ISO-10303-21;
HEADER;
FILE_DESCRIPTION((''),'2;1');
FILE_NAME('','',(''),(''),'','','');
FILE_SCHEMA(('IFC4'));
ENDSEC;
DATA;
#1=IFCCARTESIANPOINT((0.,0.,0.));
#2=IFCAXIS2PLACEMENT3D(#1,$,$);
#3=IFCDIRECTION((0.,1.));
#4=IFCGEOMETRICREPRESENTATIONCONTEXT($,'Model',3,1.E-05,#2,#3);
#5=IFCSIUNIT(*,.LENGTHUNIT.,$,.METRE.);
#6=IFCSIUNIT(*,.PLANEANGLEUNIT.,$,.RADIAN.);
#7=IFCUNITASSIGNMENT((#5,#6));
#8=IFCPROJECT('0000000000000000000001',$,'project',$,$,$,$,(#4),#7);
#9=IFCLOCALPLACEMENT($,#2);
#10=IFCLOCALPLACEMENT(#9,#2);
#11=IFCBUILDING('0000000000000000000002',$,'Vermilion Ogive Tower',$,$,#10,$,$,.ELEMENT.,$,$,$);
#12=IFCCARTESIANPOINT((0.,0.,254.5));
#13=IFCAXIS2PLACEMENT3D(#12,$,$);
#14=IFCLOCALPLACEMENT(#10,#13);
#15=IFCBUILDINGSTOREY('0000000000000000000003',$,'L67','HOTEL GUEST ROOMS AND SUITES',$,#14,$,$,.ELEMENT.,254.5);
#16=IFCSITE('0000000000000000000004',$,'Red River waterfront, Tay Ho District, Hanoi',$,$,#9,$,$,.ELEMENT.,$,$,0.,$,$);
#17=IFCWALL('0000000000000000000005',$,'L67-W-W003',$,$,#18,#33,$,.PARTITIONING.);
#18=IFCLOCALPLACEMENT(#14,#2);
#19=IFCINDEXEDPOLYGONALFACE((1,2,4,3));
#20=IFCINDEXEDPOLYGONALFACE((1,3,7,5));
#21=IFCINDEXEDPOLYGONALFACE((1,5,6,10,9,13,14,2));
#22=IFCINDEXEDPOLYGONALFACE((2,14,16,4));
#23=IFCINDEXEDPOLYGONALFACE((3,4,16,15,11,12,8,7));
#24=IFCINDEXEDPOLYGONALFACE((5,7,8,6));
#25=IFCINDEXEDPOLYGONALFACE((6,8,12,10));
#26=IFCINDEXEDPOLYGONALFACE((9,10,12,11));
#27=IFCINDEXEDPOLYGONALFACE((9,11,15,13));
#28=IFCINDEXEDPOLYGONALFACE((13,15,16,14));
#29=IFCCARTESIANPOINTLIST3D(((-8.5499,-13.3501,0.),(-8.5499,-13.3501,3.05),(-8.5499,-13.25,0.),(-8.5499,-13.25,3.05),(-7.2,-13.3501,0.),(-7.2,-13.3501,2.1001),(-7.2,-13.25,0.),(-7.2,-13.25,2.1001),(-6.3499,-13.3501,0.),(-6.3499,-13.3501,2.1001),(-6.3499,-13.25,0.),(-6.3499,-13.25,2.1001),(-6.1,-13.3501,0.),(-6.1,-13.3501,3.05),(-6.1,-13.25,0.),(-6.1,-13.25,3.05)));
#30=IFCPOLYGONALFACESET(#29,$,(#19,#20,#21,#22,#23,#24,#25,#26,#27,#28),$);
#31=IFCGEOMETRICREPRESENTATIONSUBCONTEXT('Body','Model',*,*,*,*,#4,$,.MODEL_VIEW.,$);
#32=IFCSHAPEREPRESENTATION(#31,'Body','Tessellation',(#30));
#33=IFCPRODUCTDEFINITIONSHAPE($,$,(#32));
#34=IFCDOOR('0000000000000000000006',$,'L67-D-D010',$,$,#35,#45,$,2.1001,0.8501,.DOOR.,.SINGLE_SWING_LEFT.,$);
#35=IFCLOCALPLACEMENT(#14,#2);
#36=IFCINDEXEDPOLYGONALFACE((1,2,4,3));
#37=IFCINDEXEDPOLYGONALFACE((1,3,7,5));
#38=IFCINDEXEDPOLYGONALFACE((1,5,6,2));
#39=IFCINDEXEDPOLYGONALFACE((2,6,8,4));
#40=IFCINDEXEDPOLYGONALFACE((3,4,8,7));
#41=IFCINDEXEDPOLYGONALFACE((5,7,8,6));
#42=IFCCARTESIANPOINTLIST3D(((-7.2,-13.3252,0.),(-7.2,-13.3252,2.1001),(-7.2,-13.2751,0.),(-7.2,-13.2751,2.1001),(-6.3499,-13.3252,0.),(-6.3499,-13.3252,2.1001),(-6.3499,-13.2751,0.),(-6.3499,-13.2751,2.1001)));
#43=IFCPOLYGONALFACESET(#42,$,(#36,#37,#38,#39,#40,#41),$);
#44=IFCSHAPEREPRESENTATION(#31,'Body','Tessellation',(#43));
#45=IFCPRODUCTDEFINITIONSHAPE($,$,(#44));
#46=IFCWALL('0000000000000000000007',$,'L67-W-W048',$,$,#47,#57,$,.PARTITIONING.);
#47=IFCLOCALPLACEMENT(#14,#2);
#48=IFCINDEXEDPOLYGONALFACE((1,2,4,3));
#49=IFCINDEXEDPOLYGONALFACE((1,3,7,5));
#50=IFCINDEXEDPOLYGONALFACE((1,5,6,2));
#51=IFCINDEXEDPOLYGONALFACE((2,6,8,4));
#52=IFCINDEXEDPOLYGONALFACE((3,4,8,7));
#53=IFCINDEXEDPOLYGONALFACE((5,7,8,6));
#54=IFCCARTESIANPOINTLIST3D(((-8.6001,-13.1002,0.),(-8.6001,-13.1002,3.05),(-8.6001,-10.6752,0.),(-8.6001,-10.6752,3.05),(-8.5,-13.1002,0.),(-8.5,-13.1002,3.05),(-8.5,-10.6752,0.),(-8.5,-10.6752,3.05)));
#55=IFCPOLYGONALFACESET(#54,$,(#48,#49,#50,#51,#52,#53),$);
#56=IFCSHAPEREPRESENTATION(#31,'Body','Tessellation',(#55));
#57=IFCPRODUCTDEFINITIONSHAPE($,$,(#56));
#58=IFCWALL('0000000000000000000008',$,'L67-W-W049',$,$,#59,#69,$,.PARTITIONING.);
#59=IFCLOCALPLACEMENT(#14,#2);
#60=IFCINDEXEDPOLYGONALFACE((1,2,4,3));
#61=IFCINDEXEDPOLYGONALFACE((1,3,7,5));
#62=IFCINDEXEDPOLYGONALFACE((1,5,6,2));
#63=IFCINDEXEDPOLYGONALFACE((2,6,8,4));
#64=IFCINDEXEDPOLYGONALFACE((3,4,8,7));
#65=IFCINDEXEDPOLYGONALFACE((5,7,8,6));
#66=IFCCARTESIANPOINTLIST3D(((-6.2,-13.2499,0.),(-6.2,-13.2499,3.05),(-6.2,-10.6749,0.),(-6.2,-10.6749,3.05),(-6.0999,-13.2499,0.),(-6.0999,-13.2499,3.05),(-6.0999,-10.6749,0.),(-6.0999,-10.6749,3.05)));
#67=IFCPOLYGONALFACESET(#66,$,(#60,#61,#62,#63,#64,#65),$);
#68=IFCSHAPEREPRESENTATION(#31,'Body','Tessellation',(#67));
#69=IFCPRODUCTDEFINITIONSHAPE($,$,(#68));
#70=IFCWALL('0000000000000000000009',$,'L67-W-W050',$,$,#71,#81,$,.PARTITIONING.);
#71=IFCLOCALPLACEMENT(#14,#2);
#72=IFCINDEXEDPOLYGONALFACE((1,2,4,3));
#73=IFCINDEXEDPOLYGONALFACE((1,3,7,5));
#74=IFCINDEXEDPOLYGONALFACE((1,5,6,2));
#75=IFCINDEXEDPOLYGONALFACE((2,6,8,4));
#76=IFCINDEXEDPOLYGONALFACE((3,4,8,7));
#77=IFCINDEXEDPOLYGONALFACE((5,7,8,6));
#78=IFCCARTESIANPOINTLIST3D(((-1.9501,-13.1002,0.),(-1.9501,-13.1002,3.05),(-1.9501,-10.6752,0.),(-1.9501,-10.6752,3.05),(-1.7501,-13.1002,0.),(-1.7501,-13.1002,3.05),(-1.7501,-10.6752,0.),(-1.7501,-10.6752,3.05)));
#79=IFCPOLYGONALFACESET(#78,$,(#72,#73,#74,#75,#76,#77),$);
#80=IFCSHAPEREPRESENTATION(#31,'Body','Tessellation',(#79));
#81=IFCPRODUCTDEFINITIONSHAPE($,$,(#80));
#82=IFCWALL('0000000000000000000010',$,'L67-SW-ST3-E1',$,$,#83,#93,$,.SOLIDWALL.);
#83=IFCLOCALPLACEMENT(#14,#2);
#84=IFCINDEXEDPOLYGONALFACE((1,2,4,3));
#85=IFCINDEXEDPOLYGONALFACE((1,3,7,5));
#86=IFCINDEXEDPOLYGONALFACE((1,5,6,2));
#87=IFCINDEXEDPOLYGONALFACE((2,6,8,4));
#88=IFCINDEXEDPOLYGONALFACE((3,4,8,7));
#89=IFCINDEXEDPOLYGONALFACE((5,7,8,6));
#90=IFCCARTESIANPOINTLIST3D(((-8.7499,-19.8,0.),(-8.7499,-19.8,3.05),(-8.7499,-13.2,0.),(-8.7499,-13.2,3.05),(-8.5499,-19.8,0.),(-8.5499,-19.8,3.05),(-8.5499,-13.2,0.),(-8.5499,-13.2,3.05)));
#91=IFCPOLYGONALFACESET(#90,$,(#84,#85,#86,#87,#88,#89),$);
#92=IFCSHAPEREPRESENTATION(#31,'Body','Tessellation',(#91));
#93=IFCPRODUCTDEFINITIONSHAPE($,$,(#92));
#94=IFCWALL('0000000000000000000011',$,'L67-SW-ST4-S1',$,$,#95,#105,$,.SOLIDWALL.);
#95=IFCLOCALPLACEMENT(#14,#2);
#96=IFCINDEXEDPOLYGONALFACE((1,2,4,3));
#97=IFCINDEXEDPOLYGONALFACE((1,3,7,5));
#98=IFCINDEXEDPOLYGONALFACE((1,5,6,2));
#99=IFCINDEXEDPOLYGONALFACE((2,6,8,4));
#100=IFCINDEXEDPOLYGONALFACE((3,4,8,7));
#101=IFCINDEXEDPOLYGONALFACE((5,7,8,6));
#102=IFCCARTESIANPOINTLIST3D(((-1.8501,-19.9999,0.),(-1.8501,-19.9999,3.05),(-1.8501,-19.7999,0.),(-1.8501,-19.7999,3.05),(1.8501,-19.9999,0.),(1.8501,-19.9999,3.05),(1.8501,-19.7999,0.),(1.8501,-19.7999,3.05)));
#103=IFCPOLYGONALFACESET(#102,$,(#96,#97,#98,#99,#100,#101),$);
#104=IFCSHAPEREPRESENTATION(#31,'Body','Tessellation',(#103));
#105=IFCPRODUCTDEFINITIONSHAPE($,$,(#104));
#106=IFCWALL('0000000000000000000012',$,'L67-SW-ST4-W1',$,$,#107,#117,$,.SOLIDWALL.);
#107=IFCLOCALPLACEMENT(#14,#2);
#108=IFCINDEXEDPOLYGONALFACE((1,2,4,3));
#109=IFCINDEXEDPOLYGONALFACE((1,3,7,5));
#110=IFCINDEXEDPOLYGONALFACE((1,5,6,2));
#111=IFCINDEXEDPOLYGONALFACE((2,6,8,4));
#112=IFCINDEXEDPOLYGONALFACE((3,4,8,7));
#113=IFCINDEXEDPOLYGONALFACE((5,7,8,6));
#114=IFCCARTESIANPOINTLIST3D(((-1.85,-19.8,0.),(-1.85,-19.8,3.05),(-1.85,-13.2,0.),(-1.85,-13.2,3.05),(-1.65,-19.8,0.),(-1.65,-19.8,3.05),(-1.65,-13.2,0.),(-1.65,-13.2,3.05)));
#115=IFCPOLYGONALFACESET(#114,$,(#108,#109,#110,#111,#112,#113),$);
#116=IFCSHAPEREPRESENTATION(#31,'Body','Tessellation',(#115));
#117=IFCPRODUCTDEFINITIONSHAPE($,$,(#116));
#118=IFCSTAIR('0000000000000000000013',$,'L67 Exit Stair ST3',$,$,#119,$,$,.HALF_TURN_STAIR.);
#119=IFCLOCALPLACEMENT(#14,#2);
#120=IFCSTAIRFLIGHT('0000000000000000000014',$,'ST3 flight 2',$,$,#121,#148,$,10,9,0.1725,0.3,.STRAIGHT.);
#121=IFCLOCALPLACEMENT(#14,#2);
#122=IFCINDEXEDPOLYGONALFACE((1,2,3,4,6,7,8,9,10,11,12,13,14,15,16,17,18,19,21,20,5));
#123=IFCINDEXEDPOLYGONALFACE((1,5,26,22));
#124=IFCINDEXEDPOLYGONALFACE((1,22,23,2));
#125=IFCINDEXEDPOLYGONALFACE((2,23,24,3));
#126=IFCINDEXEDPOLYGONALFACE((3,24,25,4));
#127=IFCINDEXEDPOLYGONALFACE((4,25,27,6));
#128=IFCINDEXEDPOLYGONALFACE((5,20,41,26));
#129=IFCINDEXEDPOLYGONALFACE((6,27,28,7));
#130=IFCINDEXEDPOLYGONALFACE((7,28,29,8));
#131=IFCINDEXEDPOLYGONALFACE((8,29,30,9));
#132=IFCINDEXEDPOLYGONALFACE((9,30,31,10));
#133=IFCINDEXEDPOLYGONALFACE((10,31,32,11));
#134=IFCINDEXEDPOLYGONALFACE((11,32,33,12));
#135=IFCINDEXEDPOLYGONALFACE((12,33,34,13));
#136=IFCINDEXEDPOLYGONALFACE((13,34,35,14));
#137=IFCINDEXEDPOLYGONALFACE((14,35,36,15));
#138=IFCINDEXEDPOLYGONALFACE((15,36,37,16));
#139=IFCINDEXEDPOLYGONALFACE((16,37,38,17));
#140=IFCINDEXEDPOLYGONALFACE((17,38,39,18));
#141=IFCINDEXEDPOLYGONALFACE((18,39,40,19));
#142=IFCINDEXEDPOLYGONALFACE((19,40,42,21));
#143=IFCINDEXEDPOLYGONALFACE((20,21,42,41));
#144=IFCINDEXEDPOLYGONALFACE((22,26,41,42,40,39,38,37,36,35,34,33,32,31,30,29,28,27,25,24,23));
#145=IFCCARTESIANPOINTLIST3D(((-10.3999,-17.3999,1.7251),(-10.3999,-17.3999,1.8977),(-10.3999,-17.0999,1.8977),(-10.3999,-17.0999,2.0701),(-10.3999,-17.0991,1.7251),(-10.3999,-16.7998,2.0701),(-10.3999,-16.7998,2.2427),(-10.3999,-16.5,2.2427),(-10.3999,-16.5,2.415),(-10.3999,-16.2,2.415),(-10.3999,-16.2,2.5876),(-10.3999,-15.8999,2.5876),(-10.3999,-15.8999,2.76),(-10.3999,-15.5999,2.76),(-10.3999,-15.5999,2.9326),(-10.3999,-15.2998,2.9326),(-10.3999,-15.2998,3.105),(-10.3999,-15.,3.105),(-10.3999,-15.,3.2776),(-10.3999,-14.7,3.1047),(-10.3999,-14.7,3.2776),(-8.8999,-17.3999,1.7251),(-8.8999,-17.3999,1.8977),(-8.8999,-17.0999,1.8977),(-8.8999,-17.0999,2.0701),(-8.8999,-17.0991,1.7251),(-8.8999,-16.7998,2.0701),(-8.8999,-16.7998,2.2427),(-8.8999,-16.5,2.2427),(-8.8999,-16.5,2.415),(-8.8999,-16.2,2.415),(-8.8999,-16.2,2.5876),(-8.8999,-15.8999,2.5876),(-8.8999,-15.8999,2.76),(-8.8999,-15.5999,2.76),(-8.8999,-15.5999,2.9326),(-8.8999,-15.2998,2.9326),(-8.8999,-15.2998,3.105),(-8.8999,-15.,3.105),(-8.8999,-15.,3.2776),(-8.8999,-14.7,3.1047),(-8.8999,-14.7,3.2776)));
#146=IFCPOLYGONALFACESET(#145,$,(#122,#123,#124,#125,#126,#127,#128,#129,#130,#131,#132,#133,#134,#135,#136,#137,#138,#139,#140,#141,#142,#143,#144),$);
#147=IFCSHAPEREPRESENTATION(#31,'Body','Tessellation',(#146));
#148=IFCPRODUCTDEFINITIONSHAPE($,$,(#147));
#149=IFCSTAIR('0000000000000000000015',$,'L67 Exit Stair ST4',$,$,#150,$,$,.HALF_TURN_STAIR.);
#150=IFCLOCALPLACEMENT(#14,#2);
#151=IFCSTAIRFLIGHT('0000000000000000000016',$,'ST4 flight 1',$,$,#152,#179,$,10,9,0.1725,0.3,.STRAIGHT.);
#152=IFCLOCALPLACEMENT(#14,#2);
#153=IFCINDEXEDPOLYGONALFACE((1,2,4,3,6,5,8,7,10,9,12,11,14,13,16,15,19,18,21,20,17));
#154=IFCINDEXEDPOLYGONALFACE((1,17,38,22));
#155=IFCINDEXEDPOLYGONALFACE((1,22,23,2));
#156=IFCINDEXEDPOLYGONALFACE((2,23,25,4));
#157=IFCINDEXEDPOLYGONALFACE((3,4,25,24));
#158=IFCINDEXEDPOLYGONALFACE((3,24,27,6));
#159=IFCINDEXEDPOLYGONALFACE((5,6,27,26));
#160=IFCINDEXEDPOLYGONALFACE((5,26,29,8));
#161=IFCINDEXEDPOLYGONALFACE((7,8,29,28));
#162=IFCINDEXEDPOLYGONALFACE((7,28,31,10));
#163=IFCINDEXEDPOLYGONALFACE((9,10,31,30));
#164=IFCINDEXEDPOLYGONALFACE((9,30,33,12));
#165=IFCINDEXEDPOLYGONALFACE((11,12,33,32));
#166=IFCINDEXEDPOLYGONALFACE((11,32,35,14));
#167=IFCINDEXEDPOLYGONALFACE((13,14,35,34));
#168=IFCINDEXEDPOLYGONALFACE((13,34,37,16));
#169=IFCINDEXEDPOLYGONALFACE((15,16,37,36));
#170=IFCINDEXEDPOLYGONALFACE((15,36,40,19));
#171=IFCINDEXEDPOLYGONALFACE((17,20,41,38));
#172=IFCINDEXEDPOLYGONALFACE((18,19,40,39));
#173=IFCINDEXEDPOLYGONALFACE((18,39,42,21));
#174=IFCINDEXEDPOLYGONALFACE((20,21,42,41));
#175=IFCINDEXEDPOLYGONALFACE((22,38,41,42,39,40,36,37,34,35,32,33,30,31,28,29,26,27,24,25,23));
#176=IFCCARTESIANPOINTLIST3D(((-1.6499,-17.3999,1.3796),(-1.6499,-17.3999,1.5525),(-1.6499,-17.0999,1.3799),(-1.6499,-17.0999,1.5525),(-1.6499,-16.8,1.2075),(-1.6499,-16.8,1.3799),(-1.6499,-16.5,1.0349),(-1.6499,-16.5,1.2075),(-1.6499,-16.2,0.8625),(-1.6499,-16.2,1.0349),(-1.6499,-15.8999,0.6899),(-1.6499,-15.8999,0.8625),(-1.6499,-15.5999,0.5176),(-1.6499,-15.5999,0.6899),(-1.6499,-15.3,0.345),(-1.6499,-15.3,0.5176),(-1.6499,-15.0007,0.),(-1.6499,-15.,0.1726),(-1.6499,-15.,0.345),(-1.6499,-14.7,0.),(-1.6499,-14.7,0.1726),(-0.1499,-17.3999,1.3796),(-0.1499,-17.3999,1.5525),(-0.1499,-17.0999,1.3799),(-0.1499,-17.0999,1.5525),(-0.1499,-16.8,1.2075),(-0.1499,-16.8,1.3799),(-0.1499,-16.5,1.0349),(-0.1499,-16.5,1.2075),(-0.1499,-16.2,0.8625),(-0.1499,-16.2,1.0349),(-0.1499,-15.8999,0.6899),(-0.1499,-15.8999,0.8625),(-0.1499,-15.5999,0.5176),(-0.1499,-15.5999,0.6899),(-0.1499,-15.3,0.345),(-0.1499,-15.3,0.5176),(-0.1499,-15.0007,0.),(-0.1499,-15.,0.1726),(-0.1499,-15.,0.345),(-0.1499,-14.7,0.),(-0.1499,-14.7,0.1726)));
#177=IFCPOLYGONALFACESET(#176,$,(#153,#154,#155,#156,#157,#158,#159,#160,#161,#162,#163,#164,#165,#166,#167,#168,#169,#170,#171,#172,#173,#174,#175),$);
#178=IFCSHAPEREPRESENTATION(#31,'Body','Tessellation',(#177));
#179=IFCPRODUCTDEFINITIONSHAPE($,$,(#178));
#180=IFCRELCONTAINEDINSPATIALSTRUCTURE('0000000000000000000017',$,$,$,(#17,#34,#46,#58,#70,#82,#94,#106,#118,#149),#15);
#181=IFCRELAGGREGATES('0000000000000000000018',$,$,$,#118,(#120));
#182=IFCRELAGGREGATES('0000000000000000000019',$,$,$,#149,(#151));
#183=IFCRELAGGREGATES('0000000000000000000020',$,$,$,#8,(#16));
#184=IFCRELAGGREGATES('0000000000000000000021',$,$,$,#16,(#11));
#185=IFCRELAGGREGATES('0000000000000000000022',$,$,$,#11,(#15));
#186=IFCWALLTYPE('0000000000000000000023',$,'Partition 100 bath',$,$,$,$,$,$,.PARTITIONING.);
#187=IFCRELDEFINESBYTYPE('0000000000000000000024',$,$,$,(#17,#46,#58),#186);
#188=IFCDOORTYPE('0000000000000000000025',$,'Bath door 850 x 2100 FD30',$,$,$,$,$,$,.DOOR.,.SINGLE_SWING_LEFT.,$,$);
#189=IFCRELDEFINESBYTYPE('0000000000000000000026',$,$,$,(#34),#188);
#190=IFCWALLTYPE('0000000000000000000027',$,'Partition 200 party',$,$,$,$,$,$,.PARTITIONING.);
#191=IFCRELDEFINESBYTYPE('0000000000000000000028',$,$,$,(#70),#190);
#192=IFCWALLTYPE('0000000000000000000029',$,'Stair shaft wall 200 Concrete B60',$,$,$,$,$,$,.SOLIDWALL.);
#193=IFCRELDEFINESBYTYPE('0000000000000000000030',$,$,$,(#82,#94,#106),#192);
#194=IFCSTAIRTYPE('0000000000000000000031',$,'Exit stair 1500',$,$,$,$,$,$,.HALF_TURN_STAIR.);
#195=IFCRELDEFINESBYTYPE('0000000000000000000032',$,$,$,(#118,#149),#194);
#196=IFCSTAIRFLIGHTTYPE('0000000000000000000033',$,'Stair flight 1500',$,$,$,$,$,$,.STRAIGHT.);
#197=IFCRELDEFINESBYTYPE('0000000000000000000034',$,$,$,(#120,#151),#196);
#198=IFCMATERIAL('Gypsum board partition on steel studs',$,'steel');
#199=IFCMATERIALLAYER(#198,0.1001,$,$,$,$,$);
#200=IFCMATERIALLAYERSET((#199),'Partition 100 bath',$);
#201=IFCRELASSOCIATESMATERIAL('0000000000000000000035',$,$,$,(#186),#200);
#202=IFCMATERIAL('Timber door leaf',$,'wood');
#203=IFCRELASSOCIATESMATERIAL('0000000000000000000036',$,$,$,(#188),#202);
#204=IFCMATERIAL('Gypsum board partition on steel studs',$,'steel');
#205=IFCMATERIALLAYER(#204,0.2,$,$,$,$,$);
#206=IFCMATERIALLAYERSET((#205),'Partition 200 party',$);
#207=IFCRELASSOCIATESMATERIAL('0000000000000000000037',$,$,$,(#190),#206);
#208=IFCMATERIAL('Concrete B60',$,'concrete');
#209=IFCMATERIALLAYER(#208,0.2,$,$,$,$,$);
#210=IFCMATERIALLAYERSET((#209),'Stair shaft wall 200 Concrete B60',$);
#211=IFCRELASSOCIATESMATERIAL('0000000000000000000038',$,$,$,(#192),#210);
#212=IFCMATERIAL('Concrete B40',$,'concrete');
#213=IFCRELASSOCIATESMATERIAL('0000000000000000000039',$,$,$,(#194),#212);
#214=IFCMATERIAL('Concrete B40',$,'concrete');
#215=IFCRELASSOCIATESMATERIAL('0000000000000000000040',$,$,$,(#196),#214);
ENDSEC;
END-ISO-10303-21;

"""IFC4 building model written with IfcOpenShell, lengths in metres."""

from ifc_helpers import new_model, si_unit, direction, frame, frame_2d, origin, place, context, subcontext, project, spatial, polyline, rectangle, outline, extrude, material, layer, layer_set, type_object, element, fill, aggregate, save


model = new_model("IFC4")

# Units and contexts
model_context = context("Model", 3, precision=1e-05, world=origin(), true_north=direction((0.0, 1.0)))
body_context = subcontext(model_context, "Body", "Model", "MODEL_VIEW")
ifc_project = project(units=[si_unit("LENGTHUNIT", "METRE"), si_unit("PLANEANGLEUNIT", "RADIAN")], contexts=[model_context])

# Site, building, storey
site_placement = place(None, origin())
site = spatial("IfcSite", under=ifc_project, at=site_placement, Name="Red River waterfront, Tay Ho District, Hanoi", CompositionType="ELEMENT", RefElevation=0.0)
building_placement = place(site_placement, origin())
building = spatial("IfcBuilding", under=site, at=building_placement, Name="Vermilion Ogive Tower", CompositionType="ELEMENT")
storey_placement = place(building_placement, frame((0.0, 0.0, 254.5)))
storey = spatial("IfcBuildingStorey", under=building, at=storey_placement, Name="L67", Description="HOTEL GUEST ROOMS AND SUITES", CompositionType="ELEMENT", Elevation=254.5)

# Wall, opening, door
ifc_material_1 = material(Name="Gypsum board partition on steel studs", Category="steel")
ifc_layer_1 = layer(ifc_material_1, 0.1001)
ifc_layer_set_1 = layer_set([ifc_layer_1], Name="Partition 100 bath")
wall_type_1 = type_object("IfcWallType", Name="Partition 100 bath", PredefinedType="PARTITIONING", material=ifc_layer_set_1)
wall_1_placement = place(storey_placement, frame((-8.55, -13.3, 0.0), z_axis=(0.0, 0.0, 1.0), x_axis=(1.0, 0.0, 0.0)))
wall_1 = element("IfcWall", 1, at=wall_1_placement, inside=storey, type_object=wall_type_1, Name="L67-W-W003", PredefinedType="PARTITIONING", context=body_context, shape_type="SweptSolid", body=[
    extrude(rectangle(XDim=2.45, YDim=0.1001, at=frame_2d((1.2251, 0.0))), origin(), (0.0, 0.0, 1.0), 3.05),
])
opening_placement = place(wall_1_placement, frame((1.3501, 0.0, 0.0)))
opening = element("IfcOpeningElement", 2, at=opening_placement, cuts=wall_1, PredefinedType="OPENING", context=body_context, shape_type="SweptSolid", body=[
    extrude(rectangle(XDim=0.8501, YDim=2.1001, at=frame_2d((0.425, 1.05))), frame((0.0, 0.0601, 0.0), z_axis=(0.0, -1.0, 0.0), x_axis=(1.0, 0.0, 0.0)), (0.0, 0.0, 1.0), 0.1201),
])
ifc_material_2 = material(Name="Timber door leaf", Category="wood")
door_type = type_object("IfcDoorType", Name="Bath door 850 x 2100 FD30", OperationType="SINGLE_SWING_LEFT", PredefinedType="DOOR", material=ifc_material_2)
door_placement = place(opening_placement, origin())
door = element("IfcDoor", 3, at=door_placement, inside=storey, type_object=door_type, Name="L67-D-D010", OperationType="SINGLE_SWING_LEFT", OverallHeight=2.1001, OverallWidth=0.8501, PredefinedType="DOOR", context=body_context, shape_type="SweptSolid", body=[
    extrude(rectangle(XDim=0.8501, YDim=2.1001, at=frame_2d((0.425, 1.05))), frame((0.0, 0.0249, 0.0), z_axis=(0.0, -1.0, 0.0), x_axis=(1.0, 0.0, 0.0)), (0.0, 0.0, 1.0), 0.05),
])
fill(opening, door)

# Walls
wall_2_placement = place(storey_placement, frame((-8.55, -13.1001, 0.0), z_axis=(0.0, 0.0, 1.0), x_axis=(0.0, 1.0, 0.0)))
element("IfcWall", 4, at=wall_2_placement, inside=storey, type_object=wall_type_1, Name="L67-W-W048", PredefinedType="PARTITIONING", context=body_context, shape_type="SweptSolid", body=[
    extrude(rectangle(XDim=2.425, YDim=0.1001, at=frame_2d((1.2124, 0.0))), origin(), (0.0, 0.0, 1.0), 3.05),
])
wall_3_placement = place(storey_placement, frame((-6.1499, -13.25, 0.0), z_axis=(0.0, 0.0, 1.0), x_axis=(0.0, 1.0, 0.0)))
element("IfcWall", 5, at=wall_3_placement, inside=storey, type_object=wall_type_1, Name="L67-W-W049", PredefinedType="PARTITIONING", context=body_context, shape_type="SweptSolid", body=[
    extrude(rectangle(XDim=2.575, YDim=0.1001, at=frame_2d((1.2876, 0.0))), origin(), (0.0, 0.0, 1.0), 3.05),
])
ifc_material_3 = material(Name="Gypsum board partition on steel studs", Category="steel")
ifc_layer_2 = layer(ifc_material_3, 0.2)
ifc_layer_set_2 = layer_set([ifc_layer_2], Name="Partition 200 party")
wall_type_2 = type_object("IfcWallType", Name="Partition 200 party", PredefinedType="PARTITIONING", material=ifc_layer_set_2)
wall_4_placement = place(storey_placement, frame((-1.8501, -13.1001, 0.0), z_axis=(0.0, 0.0, 1.0), x_axis=(0.0, 1.0, 0.0)))
element("IfcWall", 6, at=wall_4_placement, inside=storey, type_object=wall_type_2, Name="L67-W-W050", PredefinedType="PARTITIONING", context=body_context, shape_type="SweptSolid", body=[
    extrude(rectangle(XDim=2.425, YDim=0.2, at=frame_2d((1.2124, 0.0))), origin(), (0.0, 0.0, 1.0), 3.05),
])
ifc_material_4 = material(Name="Concrete B60", Category="concrete")
ifc_layer_3 = layer(ifc_material_4, 0.2)
ifc_layer_set_3 = layer_set([ifc_layer_3], Name="Stair shaft wall 200 Concrete B60")
wall_type_3 = type_object("IfcWallType", Name="Stair shaft wall 200 Concrete B60", PredefinedType="SOLIDWALL", material=ifc_layer_set_3)
wall_5_placement = place(storey_placement, frame((-8.6499, -19.8, 0.0), z_axis=(0.0, 0.0, 1.0), x_axis=(0.0, 1.0, 0.0)))
element("IfcWall", 7, at=wall_5_placement, inside=storey, type_object=wall_type_3, Name="L67-SW-ST3-E1", PredefinedType="SOLIDWALL", context=body_context, shape_type="SweptSolid", body=[
    extrude(rectangle(XDim=6.6001, YDim=0.2, at=frame_2d((3.3, 0.0))), origin(), (0.0, 0.0, 1.0), 3.05),
])
wall_6_placement = place(storey_placement, frame((-1.8501, -19.8999, 0.0), z_axis=(0.0, 0.0, 1.0), x_axis=(1.0, 0.0, 0.0)))
element("IfcWall", 8, at=wall_6_placement, inside=storey, type_object=wall_type_3, Name="L67-SW-ST4-S1", PredefinedType="SOLIDWALL", context=body_context, shape_type="SweptSolid", body=[
    extrude(rectangle(XDim=3.7002, YDim=0.2, at=frame_2d((1.8501, 0.0))), origin(), (0.0, 0.0, 1.0), 3.05),
])
wall_7_placement = place(storey_placement, frame((-1.75, -19.8, 0.0), z_axis=(0.0, 0.0, 1.0), x_axis=(0.0, 1.0, 0.0)))
element("IfcWall", 9, at=wall_7_placement, inside=storey, type_object=wall_type_3, Name="L67-SW-ST4-W1", PredefinedType="SOLIDWALL", context=body_context, shape_type="SweptSolid", body=[
    extrude(rectangle(XDim=6.6001, YDim=0.2, at=frame_2d((3.3, 0.0))), origin(), (0.0, 0.0, 1.0), 3.05),
])

# Stairs, stair flights
ifc_material_5 = material(Name="Concrete B40", Category="concrete")
stair_type = type_object("IfcStairType", Name="Exit stair 1500", PredefinedType="HALF_TURN_STAIR", material=ifc_material_5)
stair_1_placement = place(storey_placement, origin())
stair_1 = element("IfcStair", 10, at=stair_1_placement, inside=storey, type_object=stair_type, Name="L67 Exit Stair ST3", PredefinedType="HALF_TURN_STAIR")
ifc_material_6 = material(Name="Concrete B40", Category="concrete")
stair_flight_type = type_object("IfcStairFlightType", Name="Stair flight 1500", PredefinedType="STRAIGHT", material=ifc_material_6)
stair_flight_1_placement = place(storey_placement, frame((-9.6499, -17.3999, 1.7251), z_axis=(0.0, 0.0, 1.0), x_axis=(0.0, 1.0, 0.0)))
stair_flight_1 = element("IfcStairFlight", 11, at=stair_flight_1_placement, type_object=stair_flight_type, Name="ST3 flight 2", NumberOfRisers=10, NumberOfTreads=9, PredefinedType="STRAIGHT", RiserHeight=0.1725, TreadLength=0.3, context=body_context, shape_type="SweptSolid", body=[
    extrude(outline(polyline([(0.0, 0.0), (0.0, 0.1726), (0.3, 0.1726), (0.3, 0.345), (0.6001, 0.345), (0.6001, 0.5176), (0.8999, 0.5176), (0.8999, 0.6899), (1.2, 0.6899), (1.2, 0.8625), (1.5, 0.8625), (1.5, 1.0349), (1.8, 1.0349), (1.8, 1.2075), (2.1001, 1.2075), (2.1001, 1.3799), (2.3999, 1.3799), (2.3999, 1.5525), (2.7, 1.5525), (2.7, 1.7251), (2.7, 1.3796), (0.3008, 0.0), (0.0, 0.0)])), frame((0.0, 0.75, 0.0), z_axis=(0.0, -1.0, 0.0), x_axis=(1.0, 0.0, 0.0)), (0.0, 0.0, 1.0), 1.5),
])
aggregate(stair_1, [stair_flight_1])
stair_2_placement = place(storey_placement, origin())
stair_2 = element("IfcStair", 12, at=stair_2_placement, inside=storey, type_object=stair_type, Name="L67 Exit Stair ST4", PredefinedType="HALF_TURN_STAIR")
stair_flight_2_placement = place(storey_placement, frame((-0.8999, -14.7, 0.0), z_axis=(0.0, 0.0, 1.0), x_axis=(0.0, -1.0, 0.0)))
stair_flight_2 = element("IfcStairFlight", 13, at=stair_flight_2_placement, type_object=stair_flight_type, Name="ST4 flight 1", NumberOfRisers=10, NumberOfTreads=9, PredefinedType="STRAIGHT", RiserHeight=0.1725, TreadLength=0.3, context=body_context, shape_type="SweptSolid", body=[
    extrude(outline(polyline([(0.0, 0.0), (0.0, 0.1726), (0.3, 0.1726), (0.3, 0.345), (0.6001, 0.345), (0.6001, 0.5176), (0.8999, 0.5176), (0.8999, 0.6899), (1.2, 0.6899), (1.2, 0.8625), (1.5, 0.8625), (1.5, 1.0349), (1.8, 1.0349), (1.8, 1.2075), (2.1001, 1.2075), (2.1001, 1.3799), (2.3999, 1.3799), (2.3999, 1.5525), (2.7, 1.5525), (2.7, 1.7251), (2.7, 1.3796), (0.3008, 0.0), (0.0, 0.0)])), frame((0.0, 0.75, 0.0), z_axis=(0.0, -1.0, 0.0), x_axis=(1.0, 0.0, 0.0)), (0.0, 0.0, 1.0), 1.5),
])
aggregate(stair_2, [stair_flight_2])

save(model, "model.ifc")
